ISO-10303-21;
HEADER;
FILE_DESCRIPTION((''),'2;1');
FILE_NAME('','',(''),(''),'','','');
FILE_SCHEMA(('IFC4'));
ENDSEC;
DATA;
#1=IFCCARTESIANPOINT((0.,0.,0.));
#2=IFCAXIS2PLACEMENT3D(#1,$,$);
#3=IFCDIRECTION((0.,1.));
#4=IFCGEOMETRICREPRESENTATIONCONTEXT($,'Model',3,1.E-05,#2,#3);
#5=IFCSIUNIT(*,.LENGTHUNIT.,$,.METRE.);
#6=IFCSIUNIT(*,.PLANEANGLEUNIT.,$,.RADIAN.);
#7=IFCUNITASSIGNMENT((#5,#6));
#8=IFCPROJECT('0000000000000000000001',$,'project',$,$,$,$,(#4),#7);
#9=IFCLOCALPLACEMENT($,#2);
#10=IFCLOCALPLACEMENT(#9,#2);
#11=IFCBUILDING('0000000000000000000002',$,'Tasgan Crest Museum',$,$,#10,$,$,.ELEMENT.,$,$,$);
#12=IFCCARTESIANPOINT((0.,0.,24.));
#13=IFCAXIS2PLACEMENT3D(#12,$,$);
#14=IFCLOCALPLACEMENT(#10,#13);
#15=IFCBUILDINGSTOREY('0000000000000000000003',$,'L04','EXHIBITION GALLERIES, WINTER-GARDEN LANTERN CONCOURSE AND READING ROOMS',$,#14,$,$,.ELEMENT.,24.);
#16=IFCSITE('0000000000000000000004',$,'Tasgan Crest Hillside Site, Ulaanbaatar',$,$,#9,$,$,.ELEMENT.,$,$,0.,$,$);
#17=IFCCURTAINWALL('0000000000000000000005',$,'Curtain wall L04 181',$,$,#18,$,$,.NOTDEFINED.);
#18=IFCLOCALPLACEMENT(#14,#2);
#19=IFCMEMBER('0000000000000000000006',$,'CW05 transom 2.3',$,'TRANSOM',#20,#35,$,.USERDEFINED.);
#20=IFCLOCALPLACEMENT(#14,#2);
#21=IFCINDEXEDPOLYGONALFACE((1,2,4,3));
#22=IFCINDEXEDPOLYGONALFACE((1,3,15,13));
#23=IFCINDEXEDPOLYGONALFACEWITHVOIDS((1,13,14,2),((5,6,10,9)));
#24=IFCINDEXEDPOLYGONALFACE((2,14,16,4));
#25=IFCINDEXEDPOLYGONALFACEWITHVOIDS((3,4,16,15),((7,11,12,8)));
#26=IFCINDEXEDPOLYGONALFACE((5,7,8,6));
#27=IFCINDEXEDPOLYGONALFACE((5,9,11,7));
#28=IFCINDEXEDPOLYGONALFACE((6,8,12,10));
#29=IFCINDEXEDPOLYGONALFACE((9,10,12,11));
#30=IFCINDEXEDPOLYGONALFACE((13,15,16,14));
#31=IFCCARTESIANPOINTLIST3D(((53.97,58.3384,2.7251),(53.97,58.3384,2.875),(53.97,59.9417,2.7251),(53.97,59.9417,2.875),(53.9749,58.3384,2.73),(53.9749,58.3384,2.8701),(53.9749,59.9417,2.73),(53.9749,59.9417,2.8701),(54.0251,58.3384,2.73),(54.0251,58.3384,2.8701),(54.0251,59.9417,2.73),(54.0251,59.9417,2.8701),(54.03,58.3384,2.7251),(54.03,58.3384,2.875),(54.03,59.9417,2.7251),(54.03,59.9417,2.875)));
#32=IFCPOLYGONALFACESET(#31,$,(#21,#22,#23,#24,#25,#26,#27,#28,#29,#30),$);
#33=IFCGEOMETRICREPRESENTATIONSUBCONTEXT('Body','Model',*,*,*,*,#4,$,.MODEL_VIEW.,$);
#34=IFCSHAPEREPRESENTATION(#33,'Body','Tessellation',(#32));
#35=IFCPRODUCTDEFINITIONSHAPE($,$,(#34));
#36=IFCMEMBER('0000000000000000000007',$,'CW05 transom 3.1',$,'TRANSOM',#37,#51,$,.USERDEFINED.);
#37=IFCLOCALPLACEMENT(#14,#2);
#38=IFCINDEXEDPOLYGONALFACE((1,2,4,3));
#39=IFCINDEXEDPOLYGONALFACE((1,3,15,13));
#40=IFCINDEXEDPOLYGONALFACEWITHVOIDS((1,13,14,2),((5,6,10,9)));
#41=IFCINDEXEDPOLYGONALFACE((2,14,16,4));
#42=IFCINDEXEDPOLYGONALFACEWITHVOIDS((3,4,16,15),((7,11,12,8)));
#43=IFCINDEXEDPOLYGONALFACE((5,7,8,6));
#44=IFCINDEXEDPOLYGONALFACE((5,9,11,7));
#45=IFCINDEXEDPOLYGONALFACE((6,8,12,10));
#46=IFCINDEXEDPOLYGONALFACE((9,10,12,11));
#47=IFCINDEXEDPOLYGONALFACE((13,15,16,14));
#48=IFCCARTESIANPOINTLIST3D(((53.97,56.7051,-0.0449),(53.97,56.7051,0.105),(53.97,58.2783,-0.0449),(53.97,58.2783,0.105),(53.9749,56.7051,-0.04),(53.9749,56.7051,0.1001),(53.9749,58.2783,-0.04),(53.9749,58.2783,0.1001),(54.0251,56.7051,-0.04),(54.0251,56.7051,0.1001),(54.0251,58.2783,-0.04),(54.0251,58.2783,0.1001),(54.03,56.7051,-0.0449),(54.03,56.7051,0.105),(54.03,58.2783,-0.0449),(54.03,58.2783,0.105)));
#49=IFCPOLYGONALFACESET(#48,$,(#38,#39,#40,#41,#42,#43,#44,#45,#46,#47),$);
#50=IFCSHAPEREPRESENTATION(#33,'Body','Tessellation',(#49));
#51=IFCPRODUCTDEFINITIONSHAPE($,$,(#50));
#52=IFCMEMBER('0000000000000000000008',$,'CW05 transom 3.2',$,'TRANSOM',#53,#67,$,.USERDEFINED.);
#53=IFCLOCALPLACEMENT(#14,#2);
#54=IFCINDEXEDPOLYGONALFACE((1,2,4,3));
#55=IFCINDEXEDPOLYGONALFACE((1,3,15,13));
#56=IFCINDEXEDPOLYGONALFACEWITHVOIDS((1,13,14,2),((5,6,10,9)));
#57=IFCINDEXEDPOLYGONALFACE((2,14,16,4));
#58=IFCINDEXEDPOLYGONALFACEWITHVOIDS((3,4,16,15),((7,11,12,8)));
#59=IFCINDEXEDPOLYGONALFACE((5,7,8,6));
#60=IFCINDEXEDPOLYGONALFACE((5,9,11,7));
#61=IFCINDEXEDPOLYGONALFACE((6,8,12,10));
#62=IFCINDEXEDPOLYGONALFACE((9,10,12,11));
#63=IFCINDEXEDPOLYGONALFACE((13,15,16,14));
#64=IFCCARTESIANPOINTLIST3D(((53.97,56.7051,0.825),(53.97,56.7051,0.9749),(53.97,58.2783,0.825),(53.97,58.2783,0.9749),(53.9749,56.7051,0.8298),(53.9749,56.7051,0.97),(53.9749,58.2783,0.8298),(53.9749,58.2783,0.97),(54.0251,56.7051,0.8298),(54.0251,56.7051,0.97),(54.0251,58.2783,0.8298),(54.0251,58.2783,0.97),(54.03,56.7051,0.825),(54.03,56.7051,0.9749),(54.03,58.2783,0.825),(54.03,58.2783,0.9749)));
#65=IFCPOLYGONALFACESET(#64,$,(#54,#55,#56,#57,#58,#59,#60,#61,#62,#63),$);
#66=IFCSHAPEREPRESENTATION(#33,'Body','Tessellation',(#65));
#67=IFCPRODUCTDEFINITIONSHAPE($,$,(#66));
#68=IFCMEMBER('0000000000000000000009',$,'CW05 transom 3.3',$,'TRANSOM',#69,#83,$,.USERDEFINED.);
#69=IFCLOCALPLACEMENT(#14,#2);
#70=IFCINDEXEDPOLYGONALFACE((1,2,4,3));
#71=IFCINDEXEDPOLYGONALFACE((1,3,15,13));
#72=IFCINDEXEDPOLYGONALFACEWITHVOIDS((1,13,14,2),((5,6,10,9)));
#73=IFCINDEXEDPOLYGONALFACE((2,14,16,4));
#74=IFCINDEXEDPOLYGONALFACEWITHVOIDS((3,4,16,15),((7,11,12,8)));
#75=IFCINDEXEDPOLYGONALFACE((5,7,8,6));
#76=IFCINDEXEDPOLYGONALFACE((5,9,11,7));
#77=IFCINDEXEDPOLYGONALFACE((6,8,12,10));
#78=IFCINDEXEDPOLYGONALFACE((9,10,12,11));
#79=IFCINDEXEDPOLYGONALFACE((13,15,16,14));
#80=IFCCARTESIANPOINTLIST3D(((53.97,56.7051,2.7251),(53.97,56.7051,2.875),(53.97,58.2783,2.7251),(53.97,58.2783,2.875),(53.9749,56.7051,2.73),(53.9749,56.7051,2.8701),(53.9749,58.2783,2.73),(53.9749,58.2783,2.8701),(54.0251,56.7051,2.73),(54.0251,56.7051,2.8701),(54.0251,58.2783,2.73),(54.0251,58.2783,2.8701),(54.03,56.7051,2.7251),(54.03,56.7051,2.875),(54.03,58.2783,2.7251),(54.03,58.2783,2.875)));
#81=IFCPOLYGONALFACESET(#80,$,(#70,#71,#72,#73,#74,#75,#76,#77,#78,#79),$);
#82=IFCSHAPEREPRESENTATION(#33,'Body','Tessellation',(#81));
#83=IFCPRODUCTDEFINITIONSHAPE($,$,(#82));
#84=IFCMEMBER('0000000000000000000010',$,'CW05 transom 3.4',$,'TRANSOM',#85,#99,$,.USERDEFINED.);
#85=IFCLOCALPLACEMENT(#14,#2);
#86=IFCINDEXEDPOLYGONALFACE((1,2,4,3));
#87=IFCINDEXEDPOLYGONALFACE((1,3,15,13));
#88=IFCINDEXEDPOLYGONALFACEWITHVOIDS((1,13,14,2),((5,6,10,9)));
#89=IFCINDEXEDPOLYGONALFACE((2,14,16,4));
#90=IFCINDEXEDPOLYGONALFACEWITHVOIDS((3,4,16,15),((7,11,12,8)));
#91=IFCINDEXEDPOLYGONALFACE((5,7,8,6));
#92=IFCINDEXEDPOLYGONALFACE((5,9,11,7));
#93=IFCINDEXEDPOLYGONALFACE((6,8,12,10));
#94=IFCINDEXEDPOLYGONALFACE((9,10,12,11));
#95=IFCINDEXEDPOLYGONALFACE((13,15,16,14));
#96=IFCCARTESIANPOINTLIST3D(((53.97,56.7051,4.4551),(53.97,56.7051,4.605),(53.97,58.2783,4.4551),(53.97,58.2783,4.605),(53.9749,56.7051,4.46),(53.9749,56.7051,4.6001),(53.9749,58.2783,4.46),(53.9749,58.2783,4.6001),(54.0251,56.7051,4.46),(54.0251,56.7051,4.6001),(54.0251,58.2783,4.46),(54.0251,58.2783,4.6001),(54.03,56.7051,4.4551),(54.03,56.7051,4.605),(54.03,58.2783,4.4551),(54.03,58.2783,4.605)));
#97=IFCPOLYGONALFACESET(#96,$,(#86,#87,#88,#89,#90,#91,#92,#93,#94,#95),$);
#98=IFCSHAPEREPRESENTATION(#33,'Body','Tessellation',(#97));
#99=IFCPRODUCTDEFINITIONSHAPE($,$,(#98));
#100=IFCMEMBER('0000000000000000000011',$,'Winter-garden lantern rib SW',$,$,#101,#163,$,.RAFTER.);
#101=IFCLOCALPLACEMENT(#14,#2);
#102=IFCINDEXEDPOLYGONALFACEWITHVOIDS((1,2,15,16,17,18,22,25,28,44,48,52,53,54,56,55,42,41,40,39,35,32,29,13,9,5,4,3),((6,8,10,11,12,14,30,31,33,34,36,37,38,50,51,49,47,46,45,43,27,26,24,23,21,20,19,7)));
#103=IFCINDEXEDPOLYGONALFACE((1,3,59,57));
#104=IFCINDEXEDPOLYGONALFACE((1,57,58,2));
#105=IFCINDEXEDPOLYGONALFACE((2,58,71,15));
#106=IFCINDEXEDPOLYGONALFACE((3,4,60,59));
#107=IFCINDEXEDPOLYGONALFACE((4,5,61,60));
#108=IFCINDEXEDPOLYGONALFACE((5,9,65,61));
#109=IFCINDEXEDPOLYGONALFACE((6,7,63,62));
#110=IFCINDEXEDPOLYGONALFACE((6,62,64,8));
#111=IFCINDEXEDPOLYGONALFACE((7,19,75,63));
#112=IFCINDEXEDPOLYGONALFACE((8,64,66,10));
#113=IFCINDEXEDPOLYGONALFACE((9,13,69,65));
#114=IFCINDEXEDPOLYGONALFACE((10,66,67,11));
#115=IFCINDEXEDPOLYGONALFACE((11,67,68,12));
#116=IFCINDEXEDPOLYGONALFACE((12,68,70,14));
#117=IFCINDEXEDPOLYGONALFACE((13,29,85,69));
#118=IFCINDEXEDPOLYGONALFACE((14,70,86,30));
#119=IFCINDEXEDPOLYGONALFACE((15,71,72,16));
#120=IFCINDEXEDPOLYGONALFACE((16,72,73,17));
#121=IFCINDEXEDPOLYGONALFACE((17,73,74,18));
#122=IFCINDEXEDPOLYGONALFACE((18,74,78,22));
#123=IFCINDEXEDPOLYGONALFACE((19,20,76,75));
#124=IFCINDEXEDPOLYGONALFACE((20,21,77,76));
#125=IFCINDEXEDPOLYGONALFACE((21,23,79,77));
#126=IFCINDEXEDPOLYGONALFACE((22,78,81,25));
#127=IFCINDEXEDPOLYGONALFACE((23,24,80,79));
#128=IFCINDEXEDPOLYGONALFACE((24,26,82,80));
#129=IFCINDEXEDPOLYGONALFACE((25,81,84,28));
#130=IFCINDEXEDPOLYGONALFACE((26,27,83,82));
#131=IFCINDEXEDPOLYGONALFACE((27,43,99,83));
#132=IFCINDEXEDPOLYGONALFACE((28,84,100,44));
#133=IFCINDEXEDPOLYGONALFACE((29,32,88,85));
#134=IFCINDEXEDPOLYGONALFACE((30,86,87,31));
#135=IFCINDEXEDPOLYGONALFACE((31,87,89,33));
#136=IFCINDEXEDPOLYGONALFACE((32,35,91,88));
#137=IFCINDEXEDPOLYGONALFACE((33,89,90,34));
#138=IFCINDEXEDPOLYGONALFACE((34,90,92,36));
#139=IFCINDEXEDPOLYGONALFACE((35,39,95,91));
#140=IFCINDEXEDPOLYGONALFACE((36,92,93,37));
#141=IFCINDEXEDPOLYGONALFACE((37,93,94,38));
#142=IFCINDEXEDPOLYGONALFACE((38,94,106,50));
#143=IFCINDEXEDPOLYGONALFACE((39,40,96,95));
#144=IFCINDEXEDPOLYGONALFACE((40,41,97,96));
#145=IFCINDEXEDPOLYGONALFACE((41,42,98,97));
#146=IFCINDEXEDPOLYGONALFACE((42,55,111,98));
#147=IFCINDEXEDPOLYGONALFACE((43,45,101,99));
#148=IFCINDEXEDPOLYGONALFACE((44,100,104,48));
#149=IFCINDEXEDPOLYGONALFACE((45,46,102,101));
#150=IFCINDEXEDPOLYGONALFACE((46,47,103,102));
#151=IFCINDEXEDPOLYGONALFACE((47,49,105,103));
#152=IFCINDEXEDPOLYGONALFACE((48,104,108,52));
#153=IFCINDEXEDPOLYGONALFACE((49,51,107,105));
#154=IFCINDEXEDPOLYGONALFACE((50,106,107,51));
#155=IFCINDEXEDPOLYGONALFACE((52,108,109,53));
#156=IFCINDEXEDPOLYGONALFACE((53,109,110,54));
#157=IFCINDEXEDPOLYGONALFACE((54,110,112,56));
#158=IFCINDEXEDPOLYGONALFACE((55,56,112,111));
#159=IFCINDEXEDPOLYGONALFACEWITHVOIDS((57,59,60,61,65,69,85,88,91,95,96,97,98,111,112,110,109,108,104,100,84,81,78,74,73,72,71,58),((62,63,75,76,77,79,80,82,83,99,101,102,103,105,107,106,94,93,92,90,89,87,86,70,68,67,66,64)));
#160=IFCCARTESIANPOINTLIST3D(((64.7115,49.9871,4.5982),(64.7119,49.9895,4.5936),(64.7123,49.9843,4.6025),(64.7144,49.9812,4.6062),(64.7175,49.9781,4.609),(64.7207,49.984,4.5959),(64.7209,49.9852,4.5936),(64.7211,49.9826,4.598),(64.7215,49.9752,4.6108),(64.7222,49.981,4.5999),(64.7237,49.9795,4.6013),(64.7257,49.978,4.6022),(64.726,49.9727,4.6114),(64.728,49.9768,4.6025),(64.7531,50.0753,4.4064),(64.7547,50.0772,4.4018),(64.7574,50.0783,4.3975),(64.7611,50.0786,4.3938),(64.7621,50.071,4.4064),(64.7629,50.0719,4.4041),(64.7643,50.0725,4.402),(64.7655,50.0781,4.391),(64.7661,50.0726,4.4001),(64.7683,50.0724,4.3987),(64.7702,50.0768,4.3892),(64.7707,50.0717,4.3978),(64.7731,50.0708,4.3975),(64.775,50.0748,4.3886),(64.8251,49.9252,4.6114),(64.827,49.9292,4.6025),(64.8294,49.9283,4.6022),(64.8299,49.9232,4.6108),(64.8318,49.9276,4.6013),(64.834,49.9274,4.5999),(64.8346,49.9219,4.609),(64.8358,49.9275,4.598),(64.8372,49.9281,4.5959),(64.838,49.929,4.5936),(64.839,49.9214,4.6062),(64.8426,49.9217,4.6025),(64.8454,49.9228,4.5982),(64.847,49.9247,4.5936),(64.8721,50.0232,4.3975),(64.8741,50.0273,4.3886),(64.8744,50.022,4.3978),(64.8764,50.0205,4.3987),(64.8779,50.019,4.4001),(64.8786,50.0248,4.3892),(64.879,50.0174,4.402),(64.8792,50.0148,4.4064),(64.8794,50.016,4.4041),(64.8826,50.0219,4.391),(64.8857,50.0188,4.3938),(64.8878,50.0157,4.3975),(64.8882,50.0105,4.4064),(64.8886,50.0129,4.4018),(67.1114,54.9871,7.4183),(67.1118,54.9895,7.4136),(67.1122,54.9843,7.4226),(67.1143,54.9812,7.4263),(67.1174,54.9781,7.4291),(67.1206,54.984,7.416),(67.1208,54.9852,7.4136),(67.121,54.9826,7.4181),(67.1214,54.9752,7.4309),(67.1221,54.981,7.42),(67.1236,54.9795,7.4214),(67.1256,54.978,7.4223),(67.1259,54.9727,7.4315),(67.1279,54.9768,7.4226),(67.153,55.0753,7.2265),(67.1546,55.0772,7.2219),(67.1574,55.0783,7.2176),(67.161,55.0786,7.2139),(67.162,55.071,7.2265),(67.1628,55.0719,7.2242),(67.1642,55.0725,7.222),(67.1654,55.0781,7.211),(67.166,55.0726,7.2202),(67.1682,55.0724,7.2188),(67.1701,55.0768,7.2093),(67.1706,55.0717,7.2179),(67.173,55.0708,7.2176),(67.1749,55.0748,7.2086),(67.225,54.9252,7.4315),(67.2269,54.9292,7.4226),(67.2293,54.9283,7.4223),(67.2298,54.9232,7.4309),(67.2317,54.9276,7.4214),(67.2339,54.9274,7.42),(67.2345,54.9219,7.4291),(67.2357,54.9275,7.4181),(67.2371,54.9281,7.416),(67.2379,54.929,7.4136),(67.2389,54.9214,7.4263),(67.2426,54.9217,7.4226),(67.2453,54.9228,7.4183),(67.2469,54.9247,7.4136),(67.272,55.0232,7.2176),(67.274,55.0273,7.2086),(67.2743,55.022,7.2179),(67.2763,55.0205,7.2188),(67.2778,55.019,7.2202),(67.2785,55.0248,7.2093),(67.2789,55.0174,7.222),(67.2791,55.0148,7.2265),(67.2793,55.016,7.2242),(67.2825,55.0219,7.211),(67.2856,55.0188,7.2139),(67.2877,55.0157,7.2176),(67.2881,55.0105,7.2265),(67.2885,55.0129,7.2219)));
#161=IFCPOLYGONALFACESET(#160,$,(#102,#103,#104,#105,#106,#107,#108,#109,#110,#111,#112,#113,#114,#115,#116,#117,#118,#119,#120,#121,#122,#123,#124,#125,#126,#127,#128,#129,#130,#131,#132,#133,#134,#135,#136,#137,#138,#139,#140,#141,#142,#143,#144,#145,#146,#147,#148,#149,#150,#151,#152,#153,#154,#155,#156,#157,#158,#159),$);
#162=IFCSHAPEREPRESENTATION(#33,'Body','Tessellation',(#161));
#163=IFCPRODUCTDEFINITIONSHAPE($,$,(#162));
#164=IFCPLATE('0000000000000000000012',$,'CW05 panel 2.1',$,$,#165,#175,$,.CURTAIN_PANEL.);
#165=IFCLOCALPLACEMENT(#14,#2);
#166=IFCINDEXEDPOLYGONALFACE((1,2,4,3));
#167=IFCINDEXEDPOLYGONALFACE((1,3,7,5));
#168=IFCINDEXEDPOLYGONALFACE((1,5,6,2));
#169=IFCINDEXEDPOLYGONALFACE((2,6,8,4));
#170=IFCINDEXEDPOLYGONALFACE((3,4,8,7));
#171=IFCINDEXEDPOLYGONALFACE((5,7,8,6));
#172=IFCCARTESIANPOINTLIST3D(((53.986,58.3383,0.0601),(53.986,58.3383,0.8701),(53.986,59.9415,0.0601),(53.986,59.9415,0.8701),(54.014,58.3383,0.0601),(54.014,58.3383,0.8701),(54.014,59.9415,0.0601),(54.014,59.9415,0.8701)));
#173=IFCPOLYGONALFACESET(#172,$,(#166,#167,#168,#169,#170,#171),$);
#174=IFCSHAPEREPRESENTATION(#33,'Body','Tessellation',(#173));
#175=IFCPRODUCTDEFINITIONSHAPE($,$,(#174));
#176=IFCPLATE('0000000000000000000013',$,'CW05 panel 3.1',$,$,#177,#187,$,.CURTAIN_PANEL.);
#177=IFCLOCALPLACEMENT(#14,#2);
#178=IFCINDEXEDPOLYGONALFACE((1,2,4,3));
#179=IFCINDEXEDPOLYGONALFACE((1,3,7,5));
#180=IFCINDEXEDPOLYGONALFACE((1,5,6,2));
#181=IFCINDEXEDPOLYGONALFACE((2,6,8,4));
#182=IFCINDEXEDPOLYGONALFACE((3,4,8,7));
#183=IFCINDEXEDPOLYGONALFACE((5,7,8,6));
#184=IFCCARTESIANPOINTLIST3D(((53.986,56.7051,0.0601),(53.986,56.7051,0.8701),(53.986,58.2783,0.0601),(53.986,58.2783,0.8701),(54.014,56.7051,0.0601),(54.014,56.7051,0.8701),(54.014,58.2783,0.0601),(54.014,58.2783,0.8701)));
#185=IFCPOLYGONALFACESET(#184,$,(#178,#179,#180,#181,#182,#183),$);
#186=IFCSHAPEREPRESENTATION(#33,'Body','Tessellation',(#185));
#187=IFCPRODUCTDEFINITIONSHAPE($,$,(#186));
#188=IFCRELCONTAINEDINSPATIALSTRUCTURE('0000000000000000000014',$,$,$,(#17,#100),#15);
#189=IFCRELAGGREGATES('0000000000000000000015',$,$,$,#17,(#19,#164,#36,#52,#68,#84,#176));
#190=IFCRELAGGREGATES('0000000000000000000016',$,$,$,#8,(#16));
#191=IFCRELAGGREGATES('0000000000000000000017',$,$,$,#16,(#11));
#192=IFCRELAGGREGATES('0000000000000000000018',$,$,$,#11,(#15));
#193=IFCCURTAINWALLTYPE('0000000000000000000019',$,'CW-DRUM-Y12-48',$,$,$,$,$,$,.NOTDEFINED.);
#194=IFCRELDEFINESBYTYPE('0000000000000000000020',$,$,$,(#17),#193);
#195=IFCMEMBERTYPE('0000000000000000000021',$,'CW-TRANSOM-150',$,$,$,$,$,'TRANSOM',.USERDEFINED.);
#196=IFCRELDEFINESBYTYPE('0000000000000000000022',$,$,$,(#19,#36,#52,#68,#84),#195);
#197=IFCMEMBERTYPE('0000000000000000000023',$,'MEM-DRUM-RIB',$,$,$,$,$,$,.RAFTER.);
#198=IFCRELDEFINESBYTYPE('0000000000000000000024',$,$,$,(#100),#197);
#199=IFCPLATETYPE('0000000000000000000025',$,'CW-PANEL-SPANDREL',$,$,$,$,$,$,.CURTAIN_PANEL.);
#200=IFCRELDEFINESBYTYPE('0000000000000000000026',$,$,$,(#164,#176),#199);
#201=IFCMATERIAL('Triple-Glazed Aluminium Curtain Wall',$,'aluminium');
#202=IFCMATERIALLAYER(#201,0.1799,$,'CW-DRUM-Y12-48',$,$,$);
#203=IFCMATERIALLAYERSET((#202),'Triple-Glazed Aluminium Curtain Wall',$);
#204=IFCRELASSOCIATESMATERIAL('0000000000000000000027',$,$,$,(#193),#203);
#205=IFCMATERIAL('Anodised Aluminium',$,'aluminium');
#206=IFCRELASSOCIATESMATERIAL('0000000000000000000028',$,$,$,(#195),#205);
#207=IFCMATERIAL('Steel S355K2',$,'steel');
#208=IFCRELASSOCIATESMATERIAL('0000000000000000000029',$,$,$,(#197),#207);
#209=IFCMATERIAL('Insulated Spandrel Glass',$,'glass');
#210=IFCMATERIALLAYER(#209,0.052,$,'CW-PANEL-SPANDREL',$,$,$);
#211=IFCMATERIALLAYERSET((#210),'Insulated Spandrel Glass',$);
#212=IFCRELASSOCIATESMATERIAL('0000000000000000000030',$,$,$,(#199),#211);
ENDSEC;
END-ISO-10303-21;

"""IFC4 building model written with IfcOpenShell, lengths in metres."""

from ifc_helpers import new_model, si_unit, direction, frame, origin, origin_2d, place, context, subcontext, project, spatial, rectangle, hollow_rectangle, extrude, material, layer, layer_set, material_profile, profile_set, type_object, element, aggregate, save


model = new_model("IFC4")

# Units and contexts
model_context = context("Model", 3, precision=1e-05, world=origin(), true_north=direction((0.0, 1.0)))
body_context = subcontext(model_context, "Body", "Model", "MODEL_VIEW")
ifc_project = project(units=[si_unit("LENGTHUNIT", "METRE"), si_unit("PLANEANGLEUNIT", "RADIAN")], contexts=[model_context])

# Site, building, storey
site_placement = place(None, origin())
site = spatial("IfcSite", under=ifc_project, at=site_placement, Name="Tasgan Crest Hillside Site, Ulaanbaatar", CompositionType="ELEMENT", RefElevation=0.0)
building_placement = place(site_placement, origin())
building = spatial("IfcBuilding", under=site, at=building_placement, Name="Tasgan Crest Museum", CompositionType="ELEMENT")
storey_placement = place(building_placement, frame((0.0, 0.0, 24.0)))
storey = spatial("IfcBuildingStorey", under=building, at=storey_placement, Name="L04", Description="EXHIBITION GALLERIES, WINTER-GARDEN LANTERN CONCOURSE AND READING ROOMS", CompositionType="ELEMENT", Elevation=24.0)

# Curtain wall, members
ifc_material_1 = material(Name="Triple-Glazed Aluminium Curtain Wall", Category="aluminium")
ifc_layer_1 = layer(ifc_material_1, 0.1799, Name="CW-DRUM-Y12-48")
ifc_layer_set_1 = layer_set([ifc_layer_1], Name="Triple-Glazed Aluminium Curtain Wall")
curtain_wall_type = type_object("IfcCurtainWallType", Name="CW-DRUM-Y12-48", PredefinedType="NOTDEFINED", material=ifc_layer_set_1)
curtain_wall_placement = place(storey_placement, origin())
curtain_wall = element("IfcCurtainWall", 1, at=curtain_wall_placement, inside=storey, type_object=curtain_wall_type, Name="Curtain wall L04 181", PredefinedType="NOTDEFINED")
ifc_material_2 = material(Name="Anodised Aluminium", Category="aluminium")
ifc_material_profile_1 = material_profile(ifc_material_2, hollow_rectangle(XDim=0.0601, YDim=0.1499, WallThickness=0.0049, at=origin_2d()), Name="ALU TRANSOM 150x60x5")
ifc_profile_set_1 = profile_set([ifc_material_profile_1], Name="Anodised Aluminium")
member_type_1 = type_object("IfcMemberType", Name="CW-TRANSOM-150", ElementType="TRANSOM", PredefinedType="USERDEFINED", material=ifc_profile_set_1)
member_1_placement = place(storey_placement, frame((54.0, 59.9417, 2.8), z_axis=(0.0, -1.0, 0.0), x_axis=(1.0, 0.0, 0.0)))
member_1 = element("IfcMember", 2, at=member_1_placement, type_object=member_type_1, Name="CW05 transom 2.3", ObjectType="TRANSOM", PredefinedType="USERDEFINED", context=body_context, shape_type="SweptSolid", body=[
    extrude(hollow_rectangle(XDim=0.0601, YDim=0.1499, WallThickness=0.0049, at=origin_2d()), origin(), (0.0, 0.0, 1.0), 1.6033),
])
member_2_placement = place(storey_placement, frame((54.0, 58.2783, 0.03), z_axis=(0.0, -1.0, 0.0), x_axis=(1.0, 0.0, 0.0)))
member_2 = element("IfcMember", 3, at=member_2_placement, type_object=member_type_1, Name="CW05 transom 3.1", ObjectType="TRANSOM", PredefinedType="USERDEFINED", context=body_context, shape_type="SweptSolid", body=[
    extrude(hollow_rectangle(XDim=0.0601, YDim=0.1499, WallThickness=0.0049, at=origin_2d()), origin(), (0.0, 0.0, 1.0), 1.5732),
])
member_3_placement = place(storey_placement, frame((54.0, 58.2783, 0.8999), z_axis=(0.0, -1.0, 0.0), x_axis=(1.0, 0.0, 0.0)))
member_3 = element("IfcMember", 4, at=member_3_placement, type_object=member_type_1, Name="CW05 transom 3.2", ObjectType="TRANSOM", PredefinedType="USERDEFINED", context=body_context, shape_type="SweptSolid", body=[
    extrude(hollow_rectangle(XDim=0.0601, YDim=0.1499, WallThickness=0.0049, at=origin_2d()), origin(), (0.0, 0.0, 1.0), 1.5732),
])
member_4_placement = place(storey_placement, frame((54.0, 58.2783, 2.8), z_axis=(0.0, -1.0, 0.0), x_axis=(1.0, 0.0, 0.0)))
member_4 = element("IfcMember", 5, at=member_4_placement, type_object=member_type_1, Name="CW05 transom 3.3", ObjectType="TRANSOM", PredefinedType="USERDEFINED", context=body_context, shape_type="SweptSolid", body=[
    extrude(hollow_rectangle(XDim=0.0601, YDim=0.1499, WallThickness=0.0049, at=origin_2d()), origin(), (0.0, 0.0, 1.0), 1.5732),
])
member_5_placement = place(storey_placement, frame((54.0, 58.2783, 4.53), z_axis=(0.0, -1.0, 0.0), x_axis=(1.0, 0.0, 0.0)))
member_5 = element("IfcMember", 6, at=member_5_placement, type_object=member_type_1, Name="CW05 transom 3.4", ObjectType="TRANSOM", PredefinedType="USERDEFINED", context=body_context, shape_type="SweptSolid", body=[
    extrude(hollow_rectangle(XDim=0.0601, YDim=0.1499, WallThickness=0.0049, at=origin_2d()), origin(), (0.0, 0.0, 1.0), 1.5732),
])

# Member
ifc_material_3 = material(Name="Steel S355K2", Category="steel")
ifc_material_profile_2 = material_profile(ifc_material_3, hollow_rectangle(XDim=0.1499, YDim=0.25, WallThickness=0.01, InnerFilletRadius=0.01, OuterFilletRadius=0.02, at=origin_2d()), Name="RHS 250x150x10")
ifc_profile_set_2 = profile_set([ifc_material_profile_2], Name="Steel S355K2")
member_type_2 = type_object("IfcMemberType", Name="MEM-DRUM-RIB", PredefinedType="RAFTER", material=ifc_profile_set_2)
member_6_placement = place(storey_placement, frame((64.8, 50.0, 4.5), z_axis=(0.385717, 0.80361, 0.453247), x_axis=(-0.90153, 0.432717, 0.0)))
element("IfcMember", 7, at=member_6_placement, inside=storey, type_object=member_type_2, Name="Winter-garden lantern rib SW", PredefinedType="RAFTER", context=body_context, shape_type="SweptSolid", body=[
    extrude(hollow_rectangle(XDim=0.1499, YDim=0.25, WallThickness=0.01, InnerFilletRadius=0.01, OuterFilletRadius=0.02, at=origin_2d()), origin(), (0.0, 0.0, 1.0), 6.2219),
])

# Plates
ifc_material_4 = material(Name="Insulated Spandrel Glass", Category="glass")
ifc_layer_2 = layer(ifc_material_4, 0.052, Name="CW-PANEL-SPANDREL")
ifc_layer_set_2 = layer_set([ifc_layer_2], Name="Insulated Spandrel Glass")
plate_type_1 = type_object("IfcPlateType", Name="CW-PANEL-SPANDREL", PredefinedType="CURTAIN_PANEL", material=ifc_layer_set_2)
plate_1_placement = place(storey_placement, frame((54.0, 59.1399, 0.0601), z_axis=(0.0, 0.0, 1.0), x_axis=(0.0, -1.0, 0.0)))
plate_1 = element("IfcPlate", 8, at=plate_1_placement, type_object=plate_type_1, Name="CW05 panel 2.1", PredefinedType="CURTAIN_PANEL", context=body_context, shape_type="SweptSolid", body=[
    extrude(rectangle(XDim=1.6033, YDim=0.0281, at=origin_2d()), origin(), (0.0, 0.0, 1.0), 0.8101),
])
plate_2_placement = place(storey_placement, frame((54.0, 57.4917, 0.0601), z_axis=(0.0, 0.0, 1.0), x_axis=(0.0, -1.0, 0.0)))
plate_2 = element("IfcPlate", 9, at=plate_2_placement, type_object=plate_type_1, Name="CW05 panel 3.1", PredefinedType="CURTAIN_PANEL", context=body_context, shape_type="SweptSolid", body=[
    extrude(rectangle(XDim=1.5732, YDim=0.0281, at=origin_2d()), origin(), (0.0, 0.0, 1.0), 0.8101),
])
aggregate(curtain_wall, [member_1, plate_1, member_2, member_3, member_4, member_5, plate_2])

save(model, "model.ifc")
